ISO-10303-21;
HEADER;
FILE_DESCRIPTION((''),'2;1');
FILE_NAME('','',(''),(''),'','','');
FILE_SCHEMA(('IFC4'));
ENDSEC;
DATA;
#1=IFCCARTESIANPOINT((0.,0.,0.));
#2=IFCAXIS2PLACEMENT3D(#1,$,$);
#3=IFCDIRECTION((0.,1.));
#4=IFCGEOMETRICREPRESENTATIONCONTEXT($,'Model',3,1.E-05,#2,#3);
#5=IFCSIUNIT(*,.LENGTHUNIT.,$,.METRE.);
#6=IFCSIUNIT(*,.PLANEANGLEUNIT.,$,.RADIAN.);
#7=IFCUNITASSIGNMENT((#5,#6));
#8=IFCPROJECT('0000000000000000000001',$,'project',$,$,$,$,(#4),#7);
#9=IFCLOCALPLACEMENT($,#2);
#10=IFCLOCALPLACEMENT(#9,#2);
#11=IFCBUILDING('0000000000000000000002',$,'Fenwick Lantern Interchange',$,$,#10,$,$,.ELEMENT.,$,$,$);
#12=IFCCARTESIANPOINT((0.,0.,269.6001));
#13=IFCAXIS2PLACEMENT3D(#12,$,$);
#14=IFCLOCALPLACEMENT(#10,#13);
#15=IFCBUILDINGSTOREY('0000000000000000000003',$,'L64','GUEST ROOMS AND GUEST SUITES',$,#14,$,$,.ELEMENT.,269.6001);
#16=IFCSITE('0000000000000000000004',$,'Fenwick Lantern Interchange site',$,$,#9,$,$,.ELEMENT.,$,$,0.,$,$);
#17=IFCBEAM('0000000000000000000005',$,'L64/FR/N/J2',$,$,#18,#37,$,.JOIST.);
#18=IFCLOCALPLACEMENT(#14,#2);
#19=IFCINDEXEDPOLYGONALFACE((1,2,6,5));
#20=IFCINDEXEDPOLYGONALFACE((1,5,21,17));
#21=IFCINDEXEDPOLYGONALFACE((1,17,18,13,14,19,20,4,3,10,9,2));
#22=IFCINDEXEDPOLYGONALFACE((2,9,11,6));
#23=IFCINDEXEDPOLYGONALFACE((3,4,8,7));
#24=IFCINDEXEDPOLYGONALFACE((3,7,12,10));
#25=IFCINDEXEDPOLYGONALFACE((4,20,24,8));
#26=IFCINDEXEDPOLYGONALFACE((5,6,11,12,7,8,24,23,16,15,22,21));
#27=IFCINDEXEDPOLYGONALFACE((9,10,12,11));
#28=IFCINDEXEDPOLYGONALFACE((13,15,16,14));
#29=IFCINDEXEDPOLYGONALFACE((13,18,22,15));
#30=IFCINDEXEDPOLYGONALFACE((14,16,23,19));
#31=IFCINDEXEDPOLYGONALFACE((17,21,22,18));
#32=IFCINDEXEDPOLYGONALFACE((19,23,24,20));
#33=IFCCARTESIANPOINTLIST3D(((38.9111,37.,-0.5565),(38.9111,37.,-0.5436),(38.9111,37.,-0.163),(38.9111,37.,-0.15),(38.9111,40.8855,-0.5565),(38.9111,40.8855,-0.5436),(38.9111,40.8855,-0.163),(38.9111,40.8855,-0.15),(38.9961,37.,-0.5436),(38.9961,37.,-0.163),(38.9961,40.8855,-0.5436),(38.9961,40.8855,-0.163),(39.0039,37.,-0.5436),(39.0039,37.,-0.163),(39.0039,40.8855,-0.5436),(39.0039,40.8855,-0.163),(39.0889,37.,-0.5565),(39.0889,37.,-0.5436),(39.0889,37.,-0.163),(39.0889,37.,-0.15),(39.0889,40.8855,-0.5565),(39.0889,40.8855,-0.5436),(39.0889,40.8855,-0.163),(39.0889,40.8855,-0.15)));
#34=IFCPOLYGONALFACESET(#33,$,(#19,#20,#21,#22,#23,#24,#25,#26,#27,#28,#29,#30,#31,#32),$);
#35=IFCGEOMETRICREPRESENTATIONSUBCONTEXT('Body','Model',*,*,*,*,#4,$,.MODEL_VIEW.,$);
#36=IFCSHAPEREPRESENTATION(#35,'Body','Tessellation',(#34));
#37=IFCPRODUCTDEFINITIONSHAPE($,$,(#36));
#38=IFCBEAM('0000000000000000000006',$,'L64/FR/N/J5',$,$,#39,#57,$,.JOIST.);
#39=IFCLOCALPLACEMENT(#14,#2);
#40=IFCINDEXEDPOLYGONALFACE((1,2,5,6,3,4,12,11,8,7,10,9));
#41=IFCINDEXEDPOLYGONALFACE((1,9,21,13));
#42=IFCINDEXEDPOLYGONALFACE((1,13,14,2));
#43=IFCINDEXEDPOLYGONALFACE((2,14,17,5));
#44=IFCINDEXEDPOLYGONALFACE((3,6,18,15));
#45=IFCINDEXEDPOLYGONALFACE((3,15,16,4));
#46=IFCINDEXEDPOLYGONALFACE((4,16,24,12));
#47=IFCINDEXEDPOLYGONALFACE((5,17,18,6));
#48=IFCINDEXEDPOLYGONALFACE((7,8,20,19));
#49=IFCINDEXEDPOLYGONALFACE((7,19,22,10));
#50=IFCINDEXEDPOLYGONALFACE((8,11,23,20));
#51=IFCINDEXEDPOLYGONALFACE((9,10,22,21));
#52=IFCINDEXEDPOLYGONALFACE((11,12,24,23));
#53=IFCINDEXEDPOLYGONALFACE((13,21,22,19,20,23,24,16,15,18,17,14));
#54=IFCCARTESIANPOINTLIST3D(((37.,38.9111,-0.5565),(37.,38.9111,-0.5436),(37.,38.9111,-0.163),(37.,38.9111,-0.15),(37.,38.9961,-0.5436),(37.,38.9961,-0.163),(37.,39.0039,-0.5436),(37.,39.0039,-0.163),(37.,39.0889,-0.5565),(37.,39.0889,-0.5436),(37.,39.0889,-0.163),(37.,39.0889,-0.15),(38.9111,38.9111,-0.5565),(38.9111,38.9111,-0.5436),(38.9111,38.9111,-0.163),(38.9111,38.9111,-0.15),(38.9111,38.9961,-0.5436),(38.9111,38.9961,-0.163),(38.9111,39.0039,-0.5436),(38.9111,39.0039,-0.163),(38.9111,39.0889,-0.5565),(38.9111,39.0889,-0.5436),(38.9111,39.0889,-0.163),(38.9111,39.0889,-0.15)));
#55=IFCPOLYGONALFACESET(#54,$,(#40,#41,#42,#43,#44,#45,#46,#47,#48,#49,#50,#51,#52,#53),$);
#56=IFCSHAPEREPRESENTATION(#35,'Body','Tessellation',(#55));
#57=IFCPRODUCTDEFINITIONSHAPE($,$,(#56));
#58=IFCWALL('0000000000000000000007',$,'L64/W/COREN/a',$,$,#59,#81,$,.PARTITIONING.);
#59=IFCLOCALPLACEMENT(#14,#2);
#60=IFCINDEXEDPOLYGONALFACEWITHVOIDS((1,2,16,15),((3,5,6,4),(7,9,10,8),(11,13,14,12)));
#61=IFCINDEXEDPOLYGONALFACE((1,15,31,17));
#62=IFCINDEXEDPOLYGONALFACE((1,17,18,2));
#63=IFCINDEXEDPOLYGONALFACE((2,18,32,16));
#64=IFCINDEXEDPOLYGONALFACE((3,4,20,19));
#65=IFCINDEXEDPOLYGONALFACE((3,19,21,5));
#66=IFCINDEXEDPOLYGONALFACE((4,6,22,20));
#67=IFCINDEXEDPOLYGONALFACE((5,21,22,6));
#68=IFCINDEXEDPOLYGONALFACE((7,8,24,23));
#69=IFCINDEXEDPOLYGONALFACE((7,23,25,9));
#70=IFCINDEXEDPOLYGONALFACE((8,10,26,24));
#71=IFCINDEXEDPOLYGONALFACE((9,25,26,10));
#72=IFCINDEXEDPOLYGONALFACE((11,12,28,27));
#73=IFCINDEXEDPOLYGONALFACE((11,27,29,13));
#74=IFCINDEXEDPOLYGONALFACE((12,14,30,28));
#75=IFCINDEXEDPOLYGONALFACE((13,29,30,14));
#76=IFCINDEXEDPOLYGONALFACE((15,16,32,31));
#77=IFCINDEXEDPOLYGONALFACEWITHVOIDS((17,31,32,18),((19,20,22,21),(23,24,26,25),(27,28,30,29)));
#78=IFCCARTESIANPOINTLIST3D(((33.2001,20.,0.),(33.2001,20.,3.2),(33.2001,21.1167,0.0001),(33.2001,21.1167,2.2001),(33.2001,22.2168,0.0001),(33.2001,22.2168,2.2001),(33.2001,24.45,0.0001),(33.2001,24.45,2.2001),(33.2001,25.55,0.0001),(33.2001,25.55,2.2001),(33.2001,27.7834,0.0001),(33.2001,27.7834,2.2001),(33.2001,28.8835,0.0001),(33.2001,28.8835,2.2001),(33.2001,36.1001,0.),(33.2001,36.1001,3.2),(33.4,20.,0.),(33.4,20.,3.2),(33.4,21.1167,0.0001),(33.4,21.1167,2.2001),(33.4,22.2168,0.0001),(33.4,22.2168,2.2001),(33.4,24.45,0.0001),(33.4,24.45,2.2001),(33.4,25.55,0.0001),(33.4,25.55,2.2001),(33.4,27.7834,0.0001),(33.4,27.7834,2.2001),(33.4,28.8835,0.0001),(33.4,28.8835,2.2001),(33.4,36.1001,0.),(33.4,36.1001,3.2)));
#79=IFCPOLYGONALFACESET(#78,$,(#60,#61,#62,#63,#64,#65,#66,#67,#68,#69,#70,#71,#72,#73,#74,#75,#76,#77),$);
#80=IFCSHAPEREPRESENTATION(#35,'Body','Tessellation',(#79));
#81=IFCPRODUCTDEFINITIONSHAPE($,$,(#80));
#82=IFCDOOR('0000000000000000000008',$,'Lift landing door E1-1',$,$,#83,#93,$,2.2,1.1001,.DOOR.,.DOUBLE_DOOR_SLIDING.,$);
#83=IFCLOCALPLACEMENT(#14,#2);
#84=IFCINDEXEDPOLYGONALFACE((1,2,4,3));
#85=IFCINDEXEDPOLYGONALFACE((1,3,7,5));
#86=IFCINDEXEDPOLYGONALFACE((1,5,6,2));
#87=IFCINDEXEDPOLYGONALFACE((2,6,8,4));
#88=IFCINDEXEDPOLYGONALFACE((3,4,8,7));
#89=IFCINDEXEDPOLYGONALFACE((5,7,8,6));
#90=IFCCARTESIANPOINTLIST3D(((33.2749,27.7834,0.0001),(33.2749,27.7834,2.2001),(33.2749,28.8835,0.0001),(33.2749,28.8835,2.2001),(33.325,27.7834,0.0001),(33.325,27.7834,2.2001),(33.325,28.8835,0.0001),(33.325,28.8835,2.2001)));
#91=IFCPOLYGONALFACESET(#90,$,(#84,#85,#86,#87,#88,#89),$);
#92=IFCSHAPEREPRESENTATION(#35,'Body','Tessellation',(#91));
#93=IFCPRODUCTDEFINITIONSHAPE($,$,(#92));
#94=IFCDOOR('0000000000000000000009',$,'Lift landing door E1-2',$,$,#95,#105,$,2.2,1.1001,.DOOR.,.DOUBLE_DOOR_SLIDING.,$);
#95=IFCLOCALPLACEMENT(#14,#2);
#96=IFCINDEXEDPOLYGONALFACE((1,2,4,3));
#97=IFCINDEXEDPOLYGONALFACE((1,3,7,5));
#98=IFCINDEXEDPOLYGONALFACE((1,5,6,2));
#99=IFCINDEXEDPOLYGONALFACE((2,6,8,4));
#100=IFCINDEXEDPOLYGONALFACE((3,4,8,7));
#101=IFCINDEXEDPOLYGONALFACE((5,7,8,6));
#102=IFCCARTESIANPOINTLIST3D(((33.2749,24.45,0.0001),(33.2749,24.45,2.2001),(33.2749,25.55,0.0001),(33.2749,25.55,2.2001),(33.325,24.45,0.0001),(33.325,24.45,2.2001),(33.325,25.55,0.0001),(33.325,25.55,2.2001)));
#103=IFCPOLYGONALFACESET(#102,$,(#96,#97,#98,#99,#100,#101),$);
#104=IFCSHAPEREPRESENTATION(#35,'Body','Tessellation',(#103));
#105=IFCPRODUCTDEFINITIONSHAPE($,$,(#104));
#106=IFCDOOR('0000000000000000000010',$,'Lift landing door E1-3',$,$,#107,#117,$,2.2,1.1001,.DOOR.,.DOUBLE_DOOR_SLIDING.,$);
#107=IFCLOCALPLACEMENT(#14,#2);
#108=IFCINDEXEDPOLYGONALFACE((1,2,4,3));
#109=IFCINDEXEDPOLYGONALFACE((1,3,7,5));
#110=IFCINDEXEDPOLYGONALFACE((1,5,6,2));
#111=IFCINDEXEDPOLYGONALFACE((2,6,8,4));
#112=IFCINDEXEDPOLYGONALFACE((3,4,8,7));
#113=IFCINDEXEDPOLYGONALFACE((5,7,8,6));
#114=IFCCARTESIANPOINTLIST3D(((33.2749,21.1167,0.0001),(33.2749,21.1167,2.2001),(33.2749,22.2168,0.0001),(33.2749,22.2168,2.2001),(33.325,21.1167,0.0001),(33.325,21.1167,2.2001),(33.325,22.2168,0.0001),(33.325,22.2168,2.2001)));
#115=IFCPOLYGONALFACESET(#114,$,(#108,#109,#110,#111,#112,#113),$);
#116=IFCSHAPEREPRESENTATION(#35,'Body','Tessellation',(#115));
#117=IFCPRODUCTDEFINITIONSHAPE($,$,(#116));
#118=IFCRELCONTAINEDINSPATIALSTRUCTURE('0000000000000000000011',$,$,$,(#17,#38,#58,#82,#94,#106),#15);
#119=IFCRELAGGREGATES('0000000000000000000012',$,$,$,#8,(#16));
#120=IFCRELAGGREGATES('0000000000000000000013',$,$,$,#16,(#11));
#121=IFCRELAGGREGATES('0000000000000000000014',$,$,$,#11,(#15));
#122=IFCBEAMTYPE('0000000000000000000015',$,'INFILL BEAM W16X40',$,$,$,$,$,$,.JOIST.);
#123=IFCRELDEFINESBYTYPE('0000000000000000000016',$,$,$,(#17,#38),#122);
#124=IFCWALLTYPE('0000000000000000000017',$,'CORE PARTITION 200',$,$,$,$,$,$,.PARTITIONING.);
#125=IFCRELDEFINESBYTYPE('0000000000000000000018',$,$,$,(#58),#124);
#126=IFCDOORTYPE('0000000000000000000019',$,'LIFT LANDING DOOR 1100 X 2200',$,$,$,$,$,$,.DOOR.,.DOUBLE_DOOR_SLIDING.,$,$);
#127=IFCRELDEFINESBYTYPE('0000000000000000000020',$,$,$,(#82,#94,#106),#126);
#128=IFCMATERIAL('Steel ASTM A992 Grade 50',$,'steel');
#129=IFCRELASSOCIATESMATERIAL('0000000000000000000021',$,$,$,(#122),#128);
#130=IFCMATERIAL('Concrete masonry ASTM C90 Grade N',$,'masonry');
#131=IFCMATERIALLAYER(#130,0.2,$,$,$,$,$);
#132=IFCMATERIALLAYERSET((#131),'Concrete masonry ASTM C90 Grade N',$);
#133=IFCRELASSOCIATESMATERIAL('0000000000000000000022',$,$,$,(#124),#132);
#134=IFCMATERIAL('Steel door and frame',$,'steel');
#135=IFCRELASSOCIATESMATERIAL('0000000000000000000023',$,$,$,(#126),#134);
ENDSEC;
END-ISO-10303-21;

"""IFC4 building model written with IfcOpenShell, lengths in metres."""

from ifc_helpers import new_model, si_unit, direction, frame, frame_2d, origin, origin_2d, place, context, subcontext, project, spatial, rectangle, i_section, extrude, material, layer, layer_set, material_profile, profile_set, type_object, element, fill, save


model = new_model("IFC4")

# Units and contexts
model_context = context("Model", 3, precision=1e-05, world=origin(), true_north=direction((0.0, 1.0)))
body_context = subcontext(model_context, "Body", "Model", "MODEL_VIEW")
ifc_project = project(units=[si_unit("LENGTHUNIT", "METRE"), si_unit("PLANEANGLEUNIT", "RADIAN")], contexts=[model_context])

# Site, building, storey
site_placement = place(None, origin())
site = spatial("IfcSite", under=ifc_project, at=site_placement, Name="Fenwick Lantern Interchange site", CompositionType="ELEMENT", RefElevation=0.0)
building_placement = place(site_placement, origin())
building = spatial("IfcBuilding", under=site, at=building_placement, Name="Fenwick Lantern Interchange", CompositionType="ELEMENT")
storey_placement = place(building_placement, frame((0.0, 0.0, 269.6001)))
storey = spatial("IfcBuildingStorey", under=building, at=storey_placement, Name="L64", Description="GUEST ROOMS AND GUEST SUITES", CompositionType="ELEMENT", Elevation=269.6001)

# Beams
ifc_material_1 = material(Name="Steel ASTM A992 Grade 50", Category="steel")
ifc_material_profile = material_profile(ifc_material_1, i_section(OverallWidth=0.1777, OverallDepth=0.4065, WebThickness=0.0078, FlangeThickness=0.0129, at=origin_2d()), Name="W16X40")
ifc_profile_set = profile_set([ifc_material_profile], Name="Steel ASTM A992 Grade 50")
beam_type = type_object("IfcBeamType", Name="INFILL BEAM W16X40", PredefinedType="JOIST", material=ifc_profile_set)
beam_1_placement = place(storey_placement, frame((39.0, 40.8855, -0.3533), z_axis=(0.0, -1.0, 0.0), x_axis=(1.0, 0.0, 0.0)))
element("IfcBeam", 1, at=beam_1_placement, inside=storey, type_object=beam_type, Name="L64/FR/N/J2", PredefinedType="JOIST", context=body_context, shape_type="SweptSolid", body=[
    extrude(i_section(OverallWidth=0.1777, OverallDepth=0.4065, WebThickness=0.0078, FlangeThickness=0.0129, at=origin_2d()), origin(), (0.0, 0.0, 1.0), 3.8855),
])
beam_2_placement = place(storey_placement, frame((38.9111, 39.0, -0.3533), z_axis=(-1.0, 0.0, 0.0), x_axis=(0.0, -1.0, 0.0)))
element("IfcBeam", 2, at=beam_2_placement, inside=storey, type_object=beam_type, Name="L64/FR/N/J5", PredefinedType="JOIST", context=body_context, shape_type="SweptSolid", body=[
    extrude(i_section(OverallWidth=0.1777, OverallDepth=0.4065, WebThickness=0.0078, FlangeThickness=0.0129, at=origin_2d()), origin(), (0.0, 0.0, 1.0), 1.9111),
])

# Wall, openings, doors
ifc_material_2 = material(Name="Concrete masonry ASTM C90 Grade N", Category="masonry")
ifc_layer_1 = layer(ifc_material_2, 0.2)
ifc_layer_set_1 = layer_set([ifc_layer_1], Name="Concrete masonry ASTM C90 Grade N")
wall_type_1 = type_object("IfcWallType", Name="CORE PARTITION 200", PredefinedType="PARTITIONING", material=ifc_layer_set_1)
wall_1_placement = place(storey_placement, frame((33.3, 36.1001, 0.0), z_axis=(0.0, 0.0, 1.0), x_axis=(0.0, -1.0, 0.0)))
wall_1 = element("IfcWall", 3, at=wall_1_placement, inside=storey, type_object=wall_type_1, Name="L64/W/COREN/a", PredefinedType="PARTITIONING", context=body_context, shape_type="SweptSolid", body=[
    extrude(rectangle(XDim=16.1001, YDim=0.2, at=frame_2d((8.05, 0.0))), origin(), (0.0, 0.0, 1.0), 3.2),
])
opening_1_placement = place(wall_1_placement, frame((7.2166, 0.0, 0.0)))
opening_1 = element("IfcOpeningElement", 4, at=opening_1_placement, cuts=wall_1, PredefinedType="OPENING", context=body_context, shape_type="SweptSolid", body=[
    extrude(rectangle(XDim=1.1001, YDim=2.2, at=frame_2d((0.55, 1.1001))), frame((0.0, 0.1099, 0.0), z_axis=(0.0, -1.0, 0.0), x_axis=(1.0, 0.0, 0.0)), (0.0, 0.0, 1.0), 0.22),
])
opening_2_placement = place(wall_1_placement, frame((10.55, 0.0, 0.0)))
opening_2 = element("IfcOpeningElement", 5, at=opening_2_placement, cuts=wall_1, PredefinedType="OPENING", context=body_context, shape_type="SweptSolid", body=[
    extrude(rectangle(XDim=1.1001, YDim=2.2, at=frame_2d((0.55, 1.1001))), frame((0.0, 0.1099, 0.0), z_axis=(0.0, -1.0, 0.0), x_axis=(1.0, 0.0, 0.0)), (0.0, 0.0, 1.0), 0.22),
])
opening_3_placement = place(wall_1_placement, frame((13.8833, 0.0, 0.0)))
opening_3 = element("IfcOpeningElement", 6, at=opening_3_placement, cuts=wall_1, PredefinedType="OPENING", context=body_context, shape_type="SweptSolid", body=[
    extrude(rectangle(XDim=1.1001, YDim=2.2, at=frame_2d((0.55, 1.1001))), frame((0.0, 0.1099, 0.0), z_axis=(0.0, -1.0, 0.0), x_axis=(1.0, 0.0, 0.0)), (0.0, 0.0, 1.0), 0.22),
])
ifc_material_3 = material(Name="Steel door and frame", Category="steel")
door_type_1 = type_object("IfcDoorType", Name="LIFT LANDING DOOR 1100 X 2200", OperationType="DOUBLE_DOOR_SLIDING", PredefinedType="DOOR", material=ifc_material_3)
door_1_placement = place(opening_1_placement, origin())
door_1 = element("IfcDoor", 7, at=door_1_placement, inside=storey, type_object=door_type_1, Name="Lift landing door E1-1", OperationType="DOUBLE_DOOR_SLIDING", OverallHeight=2.2, OverallWidth=1.1001, PredefinedType="DOOR", context=body_context, shape_type="SweptSolid", body=[
    extrude(rectangle(XDim=1.1001, YDim=2.2, at=frame_2d((0.55, 1.1001))), frame((0.0, 0.0249, 0.0), z_axis=(0.0, -1.0, 0.0), x_axis=(1.0, 0.0, 0.0)), (0.0, 0.0, 1.0), 0.05),
])
fill(opening_1, door_1)
door_2_placement = place(opening_2_placement, origin())
door_2 = element("IfcDoor", 8, at=door_2_placement, inside=storey, type_object=door_type_1, Name="Lift landing door E1-2", OperationType="DOUBLE_DOOR_SLIDING", OverallHeight=2.2, OverallWidth=1.1001, PredefinedType="DOOR", context=body_context, shape_type="SweptSolid", body=[
    extrude(rectangle(XDim=1.1001, YDim=2.2, at=frame_2d((0.55, 1.1001))), frame((0.0, 0.0249, 0.0), z_axis=(0.0, -1.0, 0.0), x_axis=(1.0, 0.0, 0.0)), (0.0, 0.0, 1.0), 0.05),
])
fill(opening_2, door_2)
door_3_placement = place(opening_3_placement, origin())
door_3 = element("IfcDoor", 9, at=door_3_placement, inside=storey, type_object=door_type_1, Name="Lift landing door E1-3", OperationType="DOUBLE_DOOR_SLIDING", OverallHeight=2.2, OverallWidth=1.1001, PredefinedType="DOOR", context=body_context, shape_type="SweptSolid", body=[
    extrude(rectangle(XDim=1.1001, YDim=2.2, at=frame_2d((0.55, 1.1001))), frame((0.0, 0.0249, 0.0), z_axis=(0.0, -1.0, 0.0), x_axis=(1.0, 0.0, 0.0)), (0.0, 0.0, 1.0), 0.05),
])
fill(opening_3, door_3)

save(model, "model.ifc")
